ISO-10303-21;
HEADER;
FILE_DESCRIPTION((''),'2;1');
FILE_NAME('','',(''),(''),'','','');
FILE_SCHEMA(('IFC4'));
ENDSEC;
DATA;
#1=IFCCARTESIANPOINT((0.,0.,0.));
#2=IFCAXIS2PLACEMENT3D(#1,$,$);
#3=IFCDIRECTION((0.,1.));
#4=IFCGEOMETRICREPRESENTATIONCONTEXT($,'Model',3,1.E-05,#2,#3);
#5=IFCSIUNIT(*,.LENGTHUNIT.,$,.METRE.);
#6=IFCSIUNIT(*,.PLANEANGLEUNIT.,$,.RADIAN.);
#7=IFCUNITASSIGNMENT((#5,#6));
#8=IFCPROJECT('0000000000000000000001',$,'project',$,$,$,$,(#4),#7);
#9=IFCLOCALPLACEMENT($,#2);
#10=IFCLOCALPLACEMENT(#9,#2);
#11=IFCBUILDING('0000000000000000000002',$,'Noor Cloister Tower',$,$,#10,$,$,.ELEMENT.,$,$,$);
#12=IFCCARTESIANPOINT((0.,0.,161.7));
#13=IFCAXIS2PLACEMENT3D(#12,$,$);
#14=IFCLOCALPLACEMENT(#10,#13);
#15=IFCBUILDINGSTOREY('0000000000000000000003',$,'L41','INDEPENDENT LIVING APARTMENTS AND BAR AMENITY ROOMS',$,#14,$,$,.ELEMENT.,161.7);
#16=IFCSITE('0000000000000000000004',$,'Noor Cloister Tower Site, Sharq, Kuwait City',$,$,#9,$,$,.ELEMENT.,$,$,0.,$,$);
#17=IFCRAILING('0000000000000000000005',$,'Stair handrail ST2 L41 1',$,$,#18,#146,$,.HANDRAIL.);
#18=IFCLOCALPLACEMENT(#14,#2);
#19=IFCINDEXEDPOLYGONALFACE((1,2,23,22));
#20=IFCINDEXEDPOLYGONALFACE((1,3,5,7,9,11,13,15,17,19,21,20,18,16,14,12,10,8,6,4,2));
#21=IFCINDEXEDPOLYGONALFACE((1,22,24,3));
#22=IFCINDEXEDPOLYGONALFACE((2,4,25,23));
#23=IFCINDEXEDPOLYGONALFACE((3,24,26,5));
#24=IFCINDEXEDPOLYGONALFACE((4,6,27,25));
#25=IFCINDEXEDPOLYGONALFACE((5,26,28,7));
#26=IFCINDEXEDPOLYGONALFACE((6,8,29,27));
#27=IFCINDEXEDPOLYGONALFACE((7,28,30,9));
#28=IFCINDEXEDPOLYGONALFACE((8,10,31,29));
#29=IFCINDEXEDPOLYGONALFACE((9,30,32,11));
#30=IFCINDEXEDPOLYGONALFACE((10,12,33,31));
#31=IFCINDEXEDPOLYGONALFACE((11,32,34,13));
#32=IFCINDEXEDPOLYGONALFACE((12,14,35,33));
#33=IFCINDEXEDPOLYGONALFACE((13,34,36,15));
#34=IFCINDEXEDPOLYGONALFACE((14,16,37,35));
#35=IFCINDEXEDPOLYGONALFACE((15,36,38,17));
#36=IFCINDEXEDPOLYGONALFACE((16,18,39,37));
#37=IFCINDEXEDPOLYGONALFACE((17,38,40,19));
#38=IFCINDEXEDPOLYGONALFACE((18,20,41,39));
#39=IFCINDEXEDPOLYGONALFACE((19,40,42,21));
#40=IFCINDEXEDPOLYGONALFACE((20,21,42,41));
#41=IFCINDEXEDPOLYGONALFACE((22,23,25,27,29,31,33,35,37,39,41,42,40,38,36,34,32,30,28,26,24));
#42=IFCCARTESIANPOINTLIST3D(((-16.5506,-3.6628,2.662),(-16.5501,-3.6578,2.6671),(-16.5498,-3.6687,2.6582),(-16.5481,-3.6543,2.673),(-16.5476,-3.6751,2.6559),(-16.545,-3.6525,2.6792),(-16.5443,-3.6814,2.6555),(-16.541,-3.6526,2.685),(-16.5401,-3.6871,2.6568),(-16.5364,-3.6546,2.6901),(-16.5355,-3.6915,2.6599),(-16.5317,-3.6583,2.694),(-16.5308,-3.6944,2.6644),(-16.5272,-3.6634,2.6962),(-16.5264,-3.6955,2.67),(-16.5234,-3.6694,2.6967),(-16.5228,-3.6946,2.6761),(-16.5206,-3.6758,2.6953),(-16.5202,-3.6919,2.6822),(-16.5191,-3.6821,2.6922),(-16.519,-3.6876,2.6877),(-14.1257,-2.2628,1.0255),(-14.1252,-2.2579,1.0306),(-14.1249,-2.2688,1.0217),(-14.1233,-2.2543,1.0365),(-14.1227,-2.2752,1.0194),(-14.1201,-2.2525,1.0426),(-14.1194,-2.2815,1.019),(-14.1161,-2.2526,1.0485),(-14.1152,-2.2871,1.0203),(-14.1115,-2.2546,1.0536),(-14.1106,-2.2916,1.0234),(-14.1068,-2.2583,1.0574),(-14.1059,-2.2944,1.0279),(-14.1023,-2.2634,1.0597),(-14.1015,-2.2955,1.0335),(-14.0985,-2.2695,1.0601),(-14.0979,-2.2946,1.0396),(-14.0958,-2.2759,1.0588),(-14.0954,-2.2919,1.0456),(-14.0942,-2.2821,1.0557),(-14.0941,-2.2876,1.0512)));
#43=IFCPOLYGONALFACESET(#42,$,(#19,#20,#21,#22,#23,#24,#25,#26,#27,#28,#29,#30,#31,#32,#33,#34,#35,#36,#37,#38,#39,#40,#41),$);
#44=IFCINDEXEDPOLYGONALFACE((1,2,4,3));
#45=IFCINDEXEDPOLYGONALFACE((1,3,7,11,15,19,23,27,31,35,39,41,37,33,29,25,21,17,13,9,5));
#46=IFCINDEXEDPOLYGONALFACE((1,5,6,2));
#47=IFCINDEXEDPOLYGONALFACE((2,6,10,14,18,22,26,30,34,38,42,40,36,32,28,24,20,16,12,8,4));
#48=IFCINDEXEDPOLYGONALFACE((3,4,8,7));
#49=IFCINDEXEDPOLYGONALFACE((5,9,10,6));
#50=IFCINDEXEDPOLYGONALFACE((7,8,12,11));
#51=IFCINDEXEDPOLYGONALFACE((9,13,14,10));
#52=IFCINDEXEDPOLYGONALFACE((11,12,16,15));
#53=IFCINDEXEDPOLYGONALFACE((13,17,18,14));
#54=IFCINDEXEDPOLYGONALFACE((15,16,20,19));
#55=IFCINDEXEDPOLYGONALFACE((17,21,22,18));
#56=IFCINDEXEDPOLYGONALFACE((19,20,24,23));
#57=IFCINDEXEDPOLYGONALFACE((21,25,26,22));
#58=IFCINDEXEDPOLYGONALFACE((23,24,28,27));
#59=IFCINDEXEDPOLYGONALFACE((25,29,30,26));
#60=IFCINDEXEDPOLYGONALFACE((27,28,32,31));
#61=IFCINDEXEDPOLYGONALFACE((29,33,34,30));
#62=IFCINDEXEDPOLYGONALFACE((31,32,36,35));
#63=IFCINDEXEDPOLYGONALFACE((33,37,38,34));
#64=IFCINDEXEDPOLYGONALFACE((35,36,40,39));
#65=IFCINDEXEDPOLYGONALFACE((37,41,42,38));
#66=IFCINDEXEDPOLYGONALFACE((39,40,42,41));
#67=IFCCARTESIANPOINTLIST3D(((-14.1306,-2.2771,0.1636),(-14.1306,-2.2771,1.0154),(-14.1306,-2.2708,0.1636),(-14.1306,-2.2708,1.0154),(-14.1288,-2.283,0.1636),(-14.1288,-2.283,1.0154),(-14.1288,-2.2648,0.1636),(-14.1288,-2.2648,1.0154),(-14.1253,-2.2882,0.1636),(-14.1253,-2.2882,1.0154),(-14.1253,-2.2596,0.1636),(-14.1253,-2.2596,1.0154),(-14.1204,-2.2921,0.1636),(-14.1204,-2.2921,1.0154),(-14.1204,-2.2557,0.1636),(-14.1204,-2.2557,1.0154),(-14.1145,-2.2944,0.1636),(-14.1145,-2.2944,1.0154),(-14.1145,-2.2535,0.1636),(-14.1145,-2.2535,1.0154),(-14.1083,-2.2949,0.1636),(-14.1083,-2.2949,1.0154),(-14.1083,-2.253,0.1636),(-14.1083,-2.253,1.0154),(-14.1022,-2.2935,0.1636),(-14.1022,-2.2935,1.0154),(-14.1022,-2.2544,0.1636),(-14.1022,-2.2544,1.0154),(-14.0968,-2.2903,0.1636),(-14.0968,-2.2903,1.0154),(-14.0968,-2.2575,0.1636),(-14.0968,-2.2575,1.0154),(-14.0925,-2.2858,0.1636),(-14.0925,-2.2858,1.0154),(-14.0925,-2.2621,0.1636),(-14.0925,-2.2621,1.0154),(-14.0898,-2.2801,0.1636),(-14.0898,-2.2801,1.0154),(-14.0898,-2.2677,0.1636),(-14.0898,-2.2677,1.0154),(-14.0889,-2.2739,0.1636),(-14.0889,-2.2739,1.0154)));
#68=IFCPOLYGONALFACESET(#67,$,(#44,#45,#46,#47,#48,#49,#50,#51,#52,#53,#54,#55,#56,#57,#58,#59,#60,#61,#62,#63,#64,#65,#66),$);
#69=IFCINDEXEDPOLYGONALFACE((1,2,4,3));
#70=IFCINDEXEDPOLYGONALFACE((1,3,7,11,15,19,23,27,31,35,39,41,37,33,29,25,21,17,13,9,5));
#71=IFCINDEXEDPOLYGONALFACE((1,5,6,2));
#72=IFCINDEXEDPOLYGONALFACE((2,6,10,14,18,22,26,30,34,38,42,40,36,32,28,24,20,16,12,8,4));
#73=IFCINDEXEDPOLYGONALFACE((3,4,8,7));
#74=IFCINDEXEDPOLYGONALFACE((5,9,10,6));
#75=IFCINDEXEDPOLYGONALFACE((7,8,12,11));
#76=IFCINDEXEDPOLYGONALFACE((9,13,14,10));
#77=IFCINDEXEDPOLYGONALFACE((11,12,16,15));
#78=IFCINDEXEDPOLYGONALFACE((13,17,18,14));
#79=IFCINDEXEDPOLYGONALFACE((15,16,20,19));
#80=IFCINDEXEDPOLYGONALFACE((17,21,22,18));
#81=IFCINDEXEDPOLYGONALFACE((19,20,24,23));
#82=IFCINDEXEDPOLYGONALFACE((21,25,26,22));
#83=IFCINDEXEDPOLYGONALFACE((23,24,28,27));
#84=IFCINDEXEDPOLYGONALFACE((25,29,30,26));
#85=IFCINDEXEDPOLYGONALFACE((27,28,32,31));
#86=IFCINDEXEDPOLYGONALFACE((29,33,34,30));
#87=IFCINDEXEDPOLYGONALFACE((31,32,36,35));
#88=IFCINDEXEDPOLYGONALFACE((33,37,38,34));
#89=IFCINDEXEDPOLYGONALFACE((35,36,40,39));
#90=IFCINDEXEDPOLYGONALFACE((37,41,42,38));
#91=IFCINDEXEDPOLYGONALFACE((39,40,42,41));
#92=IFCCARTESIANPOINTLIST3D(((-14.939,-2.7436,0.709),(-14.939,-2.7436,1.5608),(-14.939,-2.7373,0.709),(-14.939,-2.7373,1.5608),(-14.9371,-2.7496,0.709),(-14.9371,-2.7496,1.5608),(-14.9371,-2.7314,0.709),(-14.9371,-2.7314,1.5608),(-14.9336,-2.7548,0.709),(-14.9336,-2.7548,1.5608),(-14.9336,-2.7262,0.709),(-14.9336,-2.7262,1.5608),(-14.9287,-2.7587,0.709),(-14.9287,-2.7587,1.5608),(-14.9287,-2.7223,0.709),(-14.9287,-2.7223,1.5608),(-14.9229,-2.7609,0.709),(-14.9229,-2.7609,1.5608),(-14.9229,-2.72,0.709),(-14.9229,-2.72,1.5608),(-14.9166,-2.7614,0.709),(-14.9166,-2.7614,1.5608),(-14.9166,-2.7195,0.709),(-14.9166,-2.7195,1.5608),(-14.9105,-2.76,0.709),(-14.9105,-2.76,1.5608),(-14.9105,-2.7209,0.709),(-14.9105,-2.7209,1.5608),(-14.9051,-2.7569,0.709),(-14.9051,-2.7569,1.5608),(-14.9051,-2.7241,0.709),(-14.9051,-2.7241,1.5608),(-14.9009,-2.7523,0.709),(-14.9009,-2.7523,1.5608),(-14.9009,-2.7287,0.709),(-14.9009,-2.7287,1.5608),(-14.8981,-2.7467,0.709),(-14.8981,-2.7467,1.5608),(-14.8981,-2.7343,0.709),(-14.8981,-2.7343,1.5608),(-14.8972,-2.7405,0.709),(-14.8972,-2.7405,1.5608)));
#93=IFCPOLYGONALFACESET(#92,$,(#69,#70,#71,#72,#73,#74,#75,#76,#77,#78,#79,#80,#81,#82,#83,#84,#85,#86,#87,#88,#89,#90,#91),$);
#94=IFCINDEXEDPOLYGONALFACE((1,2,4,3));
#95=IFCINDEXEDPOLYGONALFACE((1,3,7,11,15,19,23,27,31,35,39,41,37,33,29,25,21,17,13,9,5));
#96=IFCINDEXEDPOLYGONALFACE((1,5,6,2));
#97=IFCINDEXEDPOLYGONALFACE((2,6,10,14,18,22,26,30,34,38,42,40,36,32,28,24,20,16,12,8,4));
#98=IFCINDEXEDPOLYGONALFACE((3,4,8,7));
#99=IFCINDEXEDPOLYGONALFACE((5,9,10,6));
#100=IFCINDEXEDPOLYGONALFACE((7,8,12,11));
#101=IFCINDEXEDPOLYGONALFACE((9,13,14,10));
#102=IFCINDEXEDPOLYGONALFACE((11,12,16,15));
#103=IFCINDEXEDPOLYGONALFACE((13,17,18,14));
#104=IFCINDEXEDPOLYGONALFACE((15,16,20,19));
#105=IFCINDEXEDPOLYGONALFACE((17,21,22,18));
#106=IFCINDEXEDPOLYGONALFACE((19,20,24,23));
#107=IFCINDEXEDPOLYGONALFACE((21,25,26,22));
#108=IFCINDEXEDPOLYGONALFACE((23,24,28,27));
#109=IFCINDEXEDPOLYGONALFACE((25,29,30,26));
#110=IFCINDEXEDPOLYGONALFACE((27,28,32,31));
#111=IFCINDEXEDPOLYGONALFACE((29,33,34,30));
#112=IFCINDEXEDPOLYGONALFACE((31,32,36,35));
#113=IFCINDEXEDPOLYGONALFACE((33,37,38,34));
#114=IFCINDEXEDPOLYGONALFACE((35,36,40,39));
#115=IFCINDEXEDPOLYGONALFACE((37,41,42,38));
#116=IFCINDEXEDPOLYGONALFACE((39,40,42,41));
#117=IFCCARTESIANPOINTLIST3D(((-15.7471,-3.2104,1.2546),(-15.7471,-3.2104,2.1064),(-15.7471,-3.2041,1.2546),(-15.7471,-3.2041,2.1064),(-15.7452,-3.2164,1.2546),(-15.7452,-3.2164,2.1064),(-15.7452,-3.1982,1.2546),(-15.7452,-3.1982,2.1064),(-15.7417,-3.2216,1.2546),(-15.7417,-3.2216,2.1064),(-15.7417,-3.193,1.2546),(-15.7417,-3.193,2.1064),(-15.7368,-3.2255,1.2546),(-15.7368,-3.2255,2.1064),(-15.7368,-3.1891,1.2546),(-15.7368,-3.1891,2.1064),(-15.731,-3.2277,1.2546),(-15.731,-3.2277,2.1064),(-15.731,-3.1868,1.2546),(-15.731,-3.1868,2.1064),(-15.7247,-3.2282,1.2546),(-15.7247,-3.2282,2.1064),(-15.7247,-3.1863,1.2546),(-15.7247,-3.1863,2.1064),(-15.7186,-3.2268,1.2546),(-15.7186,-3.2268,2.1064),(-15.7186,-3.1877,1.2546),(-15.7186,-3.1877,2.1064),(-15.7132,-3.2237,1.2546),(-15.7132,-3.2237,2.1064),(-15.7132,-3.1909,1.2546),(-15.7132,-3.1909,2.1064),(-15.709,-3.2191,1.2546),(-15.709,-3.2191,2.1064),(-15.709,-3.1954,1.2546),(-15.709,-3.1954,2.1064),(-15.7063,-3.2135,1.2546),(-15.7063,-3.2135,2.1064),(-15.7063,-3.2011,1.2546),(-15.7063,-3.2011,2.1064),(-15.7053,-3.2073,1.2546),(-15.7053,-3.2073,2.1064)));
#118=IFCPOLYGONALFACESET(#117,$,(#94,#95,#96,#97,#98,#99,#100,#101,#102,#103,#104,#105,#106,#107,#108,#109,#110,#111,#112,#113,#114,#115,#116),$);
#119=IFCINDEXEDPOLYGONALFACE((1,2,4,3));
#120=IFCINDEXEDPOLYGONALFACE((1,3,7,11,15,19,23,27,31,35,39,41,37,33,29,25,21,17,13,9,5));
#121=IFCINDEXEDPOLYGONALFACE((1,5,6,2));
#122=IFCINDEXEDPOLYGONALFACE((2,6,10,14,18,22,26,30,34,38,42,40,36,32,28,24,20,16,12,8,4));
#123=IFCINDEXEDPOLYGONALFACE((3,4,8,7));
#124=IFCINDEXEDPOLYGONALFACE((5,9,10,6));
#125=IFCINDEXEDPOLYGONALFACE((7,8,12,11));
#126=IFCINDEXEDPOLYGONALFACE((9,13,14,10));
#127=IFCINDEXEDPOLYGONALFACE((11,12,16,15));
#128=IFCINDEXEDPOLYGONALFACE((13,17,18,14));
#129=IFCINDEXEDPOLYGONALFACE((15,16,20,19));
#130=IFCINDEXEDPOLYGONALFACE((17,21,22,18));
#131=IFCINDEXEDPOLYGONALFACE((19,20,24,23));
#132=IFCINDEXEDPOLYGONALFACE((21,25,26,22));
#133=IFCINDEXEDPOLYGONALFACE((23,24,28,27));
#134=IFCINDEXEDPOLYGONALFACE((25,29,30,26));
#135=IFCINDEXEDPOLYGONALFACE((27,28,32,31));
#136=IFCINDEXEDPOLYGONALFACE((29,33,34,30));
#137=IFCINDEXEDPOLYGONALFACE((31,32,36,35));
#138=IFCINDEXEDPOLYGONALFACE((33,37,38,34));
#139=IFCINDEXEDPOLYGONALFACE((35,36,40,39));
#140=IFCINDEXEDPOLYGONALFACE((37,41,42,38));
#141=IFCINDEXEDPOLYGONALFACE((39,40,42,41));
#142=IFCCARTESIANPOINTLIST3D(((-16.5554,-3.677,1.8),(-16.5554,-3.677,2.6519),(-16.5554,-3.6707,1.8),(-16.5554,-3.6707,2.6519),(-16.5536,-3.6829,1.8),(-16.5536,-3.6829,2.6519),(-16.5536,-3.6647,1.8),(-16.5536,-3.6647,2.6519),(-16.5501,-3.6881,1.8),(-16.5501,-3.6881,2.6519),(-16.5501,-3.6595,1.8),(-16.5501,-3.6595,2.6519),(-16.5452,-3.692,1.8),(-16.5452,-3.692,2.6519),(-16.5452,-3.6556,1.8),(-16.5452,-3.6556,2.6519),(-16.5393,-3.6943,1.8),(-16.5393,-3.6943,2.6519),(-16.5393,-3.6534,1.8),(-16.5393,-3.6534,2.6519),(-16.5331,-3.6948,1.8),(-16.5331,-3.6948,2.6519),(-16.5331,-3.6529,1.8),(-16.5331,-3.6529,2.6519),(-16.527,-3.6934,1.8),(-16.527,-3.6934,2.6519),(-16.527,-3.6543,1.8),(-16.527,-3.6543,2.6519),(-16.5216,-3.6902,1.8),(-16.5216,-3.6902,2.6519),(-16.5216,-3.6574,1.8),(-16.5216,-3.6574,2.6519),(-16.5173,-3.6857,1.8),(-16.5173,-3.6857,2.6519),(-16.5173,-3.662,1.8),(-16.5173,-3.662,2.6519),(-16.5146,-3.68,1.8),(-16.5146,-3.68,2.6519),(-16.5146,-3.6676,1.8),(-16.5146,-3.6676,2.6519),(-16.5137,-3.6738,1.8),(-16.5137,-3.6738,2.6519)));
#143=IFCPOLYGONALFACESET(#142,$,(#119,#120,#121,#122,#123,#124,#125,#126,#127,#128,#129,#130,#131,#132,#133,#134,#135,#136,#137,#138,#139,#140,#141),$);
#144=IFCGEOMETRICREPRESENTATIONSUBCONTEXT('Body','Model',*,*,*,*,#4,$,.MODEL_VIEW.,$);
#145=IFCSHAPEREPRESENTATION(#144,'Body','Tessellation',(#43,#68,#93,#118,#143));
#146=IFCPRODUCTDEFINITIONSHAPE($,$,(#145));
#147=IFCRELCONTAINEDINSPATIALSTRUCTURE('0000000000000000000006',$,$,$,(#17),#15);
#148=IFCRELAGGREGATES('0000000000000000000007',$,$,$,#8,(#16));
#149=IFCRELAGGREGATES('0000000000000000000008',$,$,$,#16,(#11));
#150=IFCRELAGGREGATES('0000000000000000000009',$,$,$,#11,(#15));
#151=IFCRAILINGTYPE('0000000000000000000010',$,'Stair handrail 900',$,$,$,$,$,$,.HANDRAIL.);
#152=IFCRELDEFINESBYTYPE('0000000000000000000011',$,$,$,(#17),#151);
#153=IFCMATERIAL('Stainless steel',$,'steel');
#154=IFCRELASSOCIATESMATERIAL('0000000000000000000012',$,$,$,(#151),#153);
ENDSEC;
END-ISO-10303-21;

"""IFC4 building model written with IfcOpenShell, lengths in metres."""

from ifc_helpers import new_model, si_unit, direction, frame, origin, origin_2d, place, context, subcontext, project, spatial, circle, extrude, material, type_object, element, save


model = new_model("IFC4")

# Units and contexts
model_context = context("Model", 3, precision=1e-05, world=origin(), true_north=direction((0.0, 1.0)))
body_context = subcontext(model_context, "Body", "Model", "MODEL_VIEW")
ifc_project = project(units=[si_unit("LENGTHUNIT", "METRE"), si_unit("PLANEANGLEUNIT", "RADIAN")], contexts=[model_context])

# Site, building, storey
site_placement = place(None, origin())
site = spatial("IfcSite", under=ifc_project, at=site_placement, Name="Noor Cloister Tower Site, Sharq, Kuwait City", CompositionType="ELEMENT", RefElevation=0.0)
building_placement = place(site_placement, origin())
building = spatial("IfcBuilding", under=site, at=building_placement, Name="Noor Cloister Tower", CompositionType="ELEMENT")
storey_placement = place(building_placement, frame((0.0, 0.0, 161.7)))
storey = spatial("IfcBuildingStorey", under=building, at=storey_placement, Name="L41", Description="INDEPENDENT LIVING APARTMENTS AND BAR AMENITY ROOMS", CompositionType="ELEMENT", Elevation=161.7)

# Railing
ifc_material_1 = material(Name="Stainless steel", Category="steel")
railing_type_1 = type_object("IfcRailingType", Name="Stair handrail 900", PredefinedType="HANDRAIL", material=ifc_material_1)
railing_1_placement = place(storey_placement, frame((-14.1099, -2.2739, 0.1636)))
element("IfcRailing", 1, at=railing_1_placement, inside=storey, type_object=railing_type_1, Name="Stair handrail ST2 L41 1", PredefinedType="HANDRAIL", context=body_context, shape_type="SweptSolid", body=[
    extrude(circle(Radius=0.0239, at=origin_2d()), frame((0.0, 0.0, 0.876), z_axis=(-0.74769, -0.431661, 0.504608), x_axis=(0.499984, -0.866035, 0.0)), (0.0, 0.0, 1.0), 3.2432),
    extrude(circle(Radius=0.021, at=origin_2d()), origin(), (0.0, 0.0, 1.0), 0.8518),
    extrude(circle(Radius=0.021, at=origin_2d()), frame((-0.8083, -0.4666, 0.5454)), (0.0, 0.0, 1.0), 0.8518),
    extrude(circle(Radius=0.021, at=origin_2d()), frame((-1.6165, -0.9333, 1.0911)), (0.0, 0.0, 1.0), 0.8518),
    extrude(circle(Radius=0.021, at=origin_2d()), frame((-2.4248, -1.3999, 1.6365)), (0.0, 0.0, 1.0), 0.8518),
])

save(model, "model.ifc")
